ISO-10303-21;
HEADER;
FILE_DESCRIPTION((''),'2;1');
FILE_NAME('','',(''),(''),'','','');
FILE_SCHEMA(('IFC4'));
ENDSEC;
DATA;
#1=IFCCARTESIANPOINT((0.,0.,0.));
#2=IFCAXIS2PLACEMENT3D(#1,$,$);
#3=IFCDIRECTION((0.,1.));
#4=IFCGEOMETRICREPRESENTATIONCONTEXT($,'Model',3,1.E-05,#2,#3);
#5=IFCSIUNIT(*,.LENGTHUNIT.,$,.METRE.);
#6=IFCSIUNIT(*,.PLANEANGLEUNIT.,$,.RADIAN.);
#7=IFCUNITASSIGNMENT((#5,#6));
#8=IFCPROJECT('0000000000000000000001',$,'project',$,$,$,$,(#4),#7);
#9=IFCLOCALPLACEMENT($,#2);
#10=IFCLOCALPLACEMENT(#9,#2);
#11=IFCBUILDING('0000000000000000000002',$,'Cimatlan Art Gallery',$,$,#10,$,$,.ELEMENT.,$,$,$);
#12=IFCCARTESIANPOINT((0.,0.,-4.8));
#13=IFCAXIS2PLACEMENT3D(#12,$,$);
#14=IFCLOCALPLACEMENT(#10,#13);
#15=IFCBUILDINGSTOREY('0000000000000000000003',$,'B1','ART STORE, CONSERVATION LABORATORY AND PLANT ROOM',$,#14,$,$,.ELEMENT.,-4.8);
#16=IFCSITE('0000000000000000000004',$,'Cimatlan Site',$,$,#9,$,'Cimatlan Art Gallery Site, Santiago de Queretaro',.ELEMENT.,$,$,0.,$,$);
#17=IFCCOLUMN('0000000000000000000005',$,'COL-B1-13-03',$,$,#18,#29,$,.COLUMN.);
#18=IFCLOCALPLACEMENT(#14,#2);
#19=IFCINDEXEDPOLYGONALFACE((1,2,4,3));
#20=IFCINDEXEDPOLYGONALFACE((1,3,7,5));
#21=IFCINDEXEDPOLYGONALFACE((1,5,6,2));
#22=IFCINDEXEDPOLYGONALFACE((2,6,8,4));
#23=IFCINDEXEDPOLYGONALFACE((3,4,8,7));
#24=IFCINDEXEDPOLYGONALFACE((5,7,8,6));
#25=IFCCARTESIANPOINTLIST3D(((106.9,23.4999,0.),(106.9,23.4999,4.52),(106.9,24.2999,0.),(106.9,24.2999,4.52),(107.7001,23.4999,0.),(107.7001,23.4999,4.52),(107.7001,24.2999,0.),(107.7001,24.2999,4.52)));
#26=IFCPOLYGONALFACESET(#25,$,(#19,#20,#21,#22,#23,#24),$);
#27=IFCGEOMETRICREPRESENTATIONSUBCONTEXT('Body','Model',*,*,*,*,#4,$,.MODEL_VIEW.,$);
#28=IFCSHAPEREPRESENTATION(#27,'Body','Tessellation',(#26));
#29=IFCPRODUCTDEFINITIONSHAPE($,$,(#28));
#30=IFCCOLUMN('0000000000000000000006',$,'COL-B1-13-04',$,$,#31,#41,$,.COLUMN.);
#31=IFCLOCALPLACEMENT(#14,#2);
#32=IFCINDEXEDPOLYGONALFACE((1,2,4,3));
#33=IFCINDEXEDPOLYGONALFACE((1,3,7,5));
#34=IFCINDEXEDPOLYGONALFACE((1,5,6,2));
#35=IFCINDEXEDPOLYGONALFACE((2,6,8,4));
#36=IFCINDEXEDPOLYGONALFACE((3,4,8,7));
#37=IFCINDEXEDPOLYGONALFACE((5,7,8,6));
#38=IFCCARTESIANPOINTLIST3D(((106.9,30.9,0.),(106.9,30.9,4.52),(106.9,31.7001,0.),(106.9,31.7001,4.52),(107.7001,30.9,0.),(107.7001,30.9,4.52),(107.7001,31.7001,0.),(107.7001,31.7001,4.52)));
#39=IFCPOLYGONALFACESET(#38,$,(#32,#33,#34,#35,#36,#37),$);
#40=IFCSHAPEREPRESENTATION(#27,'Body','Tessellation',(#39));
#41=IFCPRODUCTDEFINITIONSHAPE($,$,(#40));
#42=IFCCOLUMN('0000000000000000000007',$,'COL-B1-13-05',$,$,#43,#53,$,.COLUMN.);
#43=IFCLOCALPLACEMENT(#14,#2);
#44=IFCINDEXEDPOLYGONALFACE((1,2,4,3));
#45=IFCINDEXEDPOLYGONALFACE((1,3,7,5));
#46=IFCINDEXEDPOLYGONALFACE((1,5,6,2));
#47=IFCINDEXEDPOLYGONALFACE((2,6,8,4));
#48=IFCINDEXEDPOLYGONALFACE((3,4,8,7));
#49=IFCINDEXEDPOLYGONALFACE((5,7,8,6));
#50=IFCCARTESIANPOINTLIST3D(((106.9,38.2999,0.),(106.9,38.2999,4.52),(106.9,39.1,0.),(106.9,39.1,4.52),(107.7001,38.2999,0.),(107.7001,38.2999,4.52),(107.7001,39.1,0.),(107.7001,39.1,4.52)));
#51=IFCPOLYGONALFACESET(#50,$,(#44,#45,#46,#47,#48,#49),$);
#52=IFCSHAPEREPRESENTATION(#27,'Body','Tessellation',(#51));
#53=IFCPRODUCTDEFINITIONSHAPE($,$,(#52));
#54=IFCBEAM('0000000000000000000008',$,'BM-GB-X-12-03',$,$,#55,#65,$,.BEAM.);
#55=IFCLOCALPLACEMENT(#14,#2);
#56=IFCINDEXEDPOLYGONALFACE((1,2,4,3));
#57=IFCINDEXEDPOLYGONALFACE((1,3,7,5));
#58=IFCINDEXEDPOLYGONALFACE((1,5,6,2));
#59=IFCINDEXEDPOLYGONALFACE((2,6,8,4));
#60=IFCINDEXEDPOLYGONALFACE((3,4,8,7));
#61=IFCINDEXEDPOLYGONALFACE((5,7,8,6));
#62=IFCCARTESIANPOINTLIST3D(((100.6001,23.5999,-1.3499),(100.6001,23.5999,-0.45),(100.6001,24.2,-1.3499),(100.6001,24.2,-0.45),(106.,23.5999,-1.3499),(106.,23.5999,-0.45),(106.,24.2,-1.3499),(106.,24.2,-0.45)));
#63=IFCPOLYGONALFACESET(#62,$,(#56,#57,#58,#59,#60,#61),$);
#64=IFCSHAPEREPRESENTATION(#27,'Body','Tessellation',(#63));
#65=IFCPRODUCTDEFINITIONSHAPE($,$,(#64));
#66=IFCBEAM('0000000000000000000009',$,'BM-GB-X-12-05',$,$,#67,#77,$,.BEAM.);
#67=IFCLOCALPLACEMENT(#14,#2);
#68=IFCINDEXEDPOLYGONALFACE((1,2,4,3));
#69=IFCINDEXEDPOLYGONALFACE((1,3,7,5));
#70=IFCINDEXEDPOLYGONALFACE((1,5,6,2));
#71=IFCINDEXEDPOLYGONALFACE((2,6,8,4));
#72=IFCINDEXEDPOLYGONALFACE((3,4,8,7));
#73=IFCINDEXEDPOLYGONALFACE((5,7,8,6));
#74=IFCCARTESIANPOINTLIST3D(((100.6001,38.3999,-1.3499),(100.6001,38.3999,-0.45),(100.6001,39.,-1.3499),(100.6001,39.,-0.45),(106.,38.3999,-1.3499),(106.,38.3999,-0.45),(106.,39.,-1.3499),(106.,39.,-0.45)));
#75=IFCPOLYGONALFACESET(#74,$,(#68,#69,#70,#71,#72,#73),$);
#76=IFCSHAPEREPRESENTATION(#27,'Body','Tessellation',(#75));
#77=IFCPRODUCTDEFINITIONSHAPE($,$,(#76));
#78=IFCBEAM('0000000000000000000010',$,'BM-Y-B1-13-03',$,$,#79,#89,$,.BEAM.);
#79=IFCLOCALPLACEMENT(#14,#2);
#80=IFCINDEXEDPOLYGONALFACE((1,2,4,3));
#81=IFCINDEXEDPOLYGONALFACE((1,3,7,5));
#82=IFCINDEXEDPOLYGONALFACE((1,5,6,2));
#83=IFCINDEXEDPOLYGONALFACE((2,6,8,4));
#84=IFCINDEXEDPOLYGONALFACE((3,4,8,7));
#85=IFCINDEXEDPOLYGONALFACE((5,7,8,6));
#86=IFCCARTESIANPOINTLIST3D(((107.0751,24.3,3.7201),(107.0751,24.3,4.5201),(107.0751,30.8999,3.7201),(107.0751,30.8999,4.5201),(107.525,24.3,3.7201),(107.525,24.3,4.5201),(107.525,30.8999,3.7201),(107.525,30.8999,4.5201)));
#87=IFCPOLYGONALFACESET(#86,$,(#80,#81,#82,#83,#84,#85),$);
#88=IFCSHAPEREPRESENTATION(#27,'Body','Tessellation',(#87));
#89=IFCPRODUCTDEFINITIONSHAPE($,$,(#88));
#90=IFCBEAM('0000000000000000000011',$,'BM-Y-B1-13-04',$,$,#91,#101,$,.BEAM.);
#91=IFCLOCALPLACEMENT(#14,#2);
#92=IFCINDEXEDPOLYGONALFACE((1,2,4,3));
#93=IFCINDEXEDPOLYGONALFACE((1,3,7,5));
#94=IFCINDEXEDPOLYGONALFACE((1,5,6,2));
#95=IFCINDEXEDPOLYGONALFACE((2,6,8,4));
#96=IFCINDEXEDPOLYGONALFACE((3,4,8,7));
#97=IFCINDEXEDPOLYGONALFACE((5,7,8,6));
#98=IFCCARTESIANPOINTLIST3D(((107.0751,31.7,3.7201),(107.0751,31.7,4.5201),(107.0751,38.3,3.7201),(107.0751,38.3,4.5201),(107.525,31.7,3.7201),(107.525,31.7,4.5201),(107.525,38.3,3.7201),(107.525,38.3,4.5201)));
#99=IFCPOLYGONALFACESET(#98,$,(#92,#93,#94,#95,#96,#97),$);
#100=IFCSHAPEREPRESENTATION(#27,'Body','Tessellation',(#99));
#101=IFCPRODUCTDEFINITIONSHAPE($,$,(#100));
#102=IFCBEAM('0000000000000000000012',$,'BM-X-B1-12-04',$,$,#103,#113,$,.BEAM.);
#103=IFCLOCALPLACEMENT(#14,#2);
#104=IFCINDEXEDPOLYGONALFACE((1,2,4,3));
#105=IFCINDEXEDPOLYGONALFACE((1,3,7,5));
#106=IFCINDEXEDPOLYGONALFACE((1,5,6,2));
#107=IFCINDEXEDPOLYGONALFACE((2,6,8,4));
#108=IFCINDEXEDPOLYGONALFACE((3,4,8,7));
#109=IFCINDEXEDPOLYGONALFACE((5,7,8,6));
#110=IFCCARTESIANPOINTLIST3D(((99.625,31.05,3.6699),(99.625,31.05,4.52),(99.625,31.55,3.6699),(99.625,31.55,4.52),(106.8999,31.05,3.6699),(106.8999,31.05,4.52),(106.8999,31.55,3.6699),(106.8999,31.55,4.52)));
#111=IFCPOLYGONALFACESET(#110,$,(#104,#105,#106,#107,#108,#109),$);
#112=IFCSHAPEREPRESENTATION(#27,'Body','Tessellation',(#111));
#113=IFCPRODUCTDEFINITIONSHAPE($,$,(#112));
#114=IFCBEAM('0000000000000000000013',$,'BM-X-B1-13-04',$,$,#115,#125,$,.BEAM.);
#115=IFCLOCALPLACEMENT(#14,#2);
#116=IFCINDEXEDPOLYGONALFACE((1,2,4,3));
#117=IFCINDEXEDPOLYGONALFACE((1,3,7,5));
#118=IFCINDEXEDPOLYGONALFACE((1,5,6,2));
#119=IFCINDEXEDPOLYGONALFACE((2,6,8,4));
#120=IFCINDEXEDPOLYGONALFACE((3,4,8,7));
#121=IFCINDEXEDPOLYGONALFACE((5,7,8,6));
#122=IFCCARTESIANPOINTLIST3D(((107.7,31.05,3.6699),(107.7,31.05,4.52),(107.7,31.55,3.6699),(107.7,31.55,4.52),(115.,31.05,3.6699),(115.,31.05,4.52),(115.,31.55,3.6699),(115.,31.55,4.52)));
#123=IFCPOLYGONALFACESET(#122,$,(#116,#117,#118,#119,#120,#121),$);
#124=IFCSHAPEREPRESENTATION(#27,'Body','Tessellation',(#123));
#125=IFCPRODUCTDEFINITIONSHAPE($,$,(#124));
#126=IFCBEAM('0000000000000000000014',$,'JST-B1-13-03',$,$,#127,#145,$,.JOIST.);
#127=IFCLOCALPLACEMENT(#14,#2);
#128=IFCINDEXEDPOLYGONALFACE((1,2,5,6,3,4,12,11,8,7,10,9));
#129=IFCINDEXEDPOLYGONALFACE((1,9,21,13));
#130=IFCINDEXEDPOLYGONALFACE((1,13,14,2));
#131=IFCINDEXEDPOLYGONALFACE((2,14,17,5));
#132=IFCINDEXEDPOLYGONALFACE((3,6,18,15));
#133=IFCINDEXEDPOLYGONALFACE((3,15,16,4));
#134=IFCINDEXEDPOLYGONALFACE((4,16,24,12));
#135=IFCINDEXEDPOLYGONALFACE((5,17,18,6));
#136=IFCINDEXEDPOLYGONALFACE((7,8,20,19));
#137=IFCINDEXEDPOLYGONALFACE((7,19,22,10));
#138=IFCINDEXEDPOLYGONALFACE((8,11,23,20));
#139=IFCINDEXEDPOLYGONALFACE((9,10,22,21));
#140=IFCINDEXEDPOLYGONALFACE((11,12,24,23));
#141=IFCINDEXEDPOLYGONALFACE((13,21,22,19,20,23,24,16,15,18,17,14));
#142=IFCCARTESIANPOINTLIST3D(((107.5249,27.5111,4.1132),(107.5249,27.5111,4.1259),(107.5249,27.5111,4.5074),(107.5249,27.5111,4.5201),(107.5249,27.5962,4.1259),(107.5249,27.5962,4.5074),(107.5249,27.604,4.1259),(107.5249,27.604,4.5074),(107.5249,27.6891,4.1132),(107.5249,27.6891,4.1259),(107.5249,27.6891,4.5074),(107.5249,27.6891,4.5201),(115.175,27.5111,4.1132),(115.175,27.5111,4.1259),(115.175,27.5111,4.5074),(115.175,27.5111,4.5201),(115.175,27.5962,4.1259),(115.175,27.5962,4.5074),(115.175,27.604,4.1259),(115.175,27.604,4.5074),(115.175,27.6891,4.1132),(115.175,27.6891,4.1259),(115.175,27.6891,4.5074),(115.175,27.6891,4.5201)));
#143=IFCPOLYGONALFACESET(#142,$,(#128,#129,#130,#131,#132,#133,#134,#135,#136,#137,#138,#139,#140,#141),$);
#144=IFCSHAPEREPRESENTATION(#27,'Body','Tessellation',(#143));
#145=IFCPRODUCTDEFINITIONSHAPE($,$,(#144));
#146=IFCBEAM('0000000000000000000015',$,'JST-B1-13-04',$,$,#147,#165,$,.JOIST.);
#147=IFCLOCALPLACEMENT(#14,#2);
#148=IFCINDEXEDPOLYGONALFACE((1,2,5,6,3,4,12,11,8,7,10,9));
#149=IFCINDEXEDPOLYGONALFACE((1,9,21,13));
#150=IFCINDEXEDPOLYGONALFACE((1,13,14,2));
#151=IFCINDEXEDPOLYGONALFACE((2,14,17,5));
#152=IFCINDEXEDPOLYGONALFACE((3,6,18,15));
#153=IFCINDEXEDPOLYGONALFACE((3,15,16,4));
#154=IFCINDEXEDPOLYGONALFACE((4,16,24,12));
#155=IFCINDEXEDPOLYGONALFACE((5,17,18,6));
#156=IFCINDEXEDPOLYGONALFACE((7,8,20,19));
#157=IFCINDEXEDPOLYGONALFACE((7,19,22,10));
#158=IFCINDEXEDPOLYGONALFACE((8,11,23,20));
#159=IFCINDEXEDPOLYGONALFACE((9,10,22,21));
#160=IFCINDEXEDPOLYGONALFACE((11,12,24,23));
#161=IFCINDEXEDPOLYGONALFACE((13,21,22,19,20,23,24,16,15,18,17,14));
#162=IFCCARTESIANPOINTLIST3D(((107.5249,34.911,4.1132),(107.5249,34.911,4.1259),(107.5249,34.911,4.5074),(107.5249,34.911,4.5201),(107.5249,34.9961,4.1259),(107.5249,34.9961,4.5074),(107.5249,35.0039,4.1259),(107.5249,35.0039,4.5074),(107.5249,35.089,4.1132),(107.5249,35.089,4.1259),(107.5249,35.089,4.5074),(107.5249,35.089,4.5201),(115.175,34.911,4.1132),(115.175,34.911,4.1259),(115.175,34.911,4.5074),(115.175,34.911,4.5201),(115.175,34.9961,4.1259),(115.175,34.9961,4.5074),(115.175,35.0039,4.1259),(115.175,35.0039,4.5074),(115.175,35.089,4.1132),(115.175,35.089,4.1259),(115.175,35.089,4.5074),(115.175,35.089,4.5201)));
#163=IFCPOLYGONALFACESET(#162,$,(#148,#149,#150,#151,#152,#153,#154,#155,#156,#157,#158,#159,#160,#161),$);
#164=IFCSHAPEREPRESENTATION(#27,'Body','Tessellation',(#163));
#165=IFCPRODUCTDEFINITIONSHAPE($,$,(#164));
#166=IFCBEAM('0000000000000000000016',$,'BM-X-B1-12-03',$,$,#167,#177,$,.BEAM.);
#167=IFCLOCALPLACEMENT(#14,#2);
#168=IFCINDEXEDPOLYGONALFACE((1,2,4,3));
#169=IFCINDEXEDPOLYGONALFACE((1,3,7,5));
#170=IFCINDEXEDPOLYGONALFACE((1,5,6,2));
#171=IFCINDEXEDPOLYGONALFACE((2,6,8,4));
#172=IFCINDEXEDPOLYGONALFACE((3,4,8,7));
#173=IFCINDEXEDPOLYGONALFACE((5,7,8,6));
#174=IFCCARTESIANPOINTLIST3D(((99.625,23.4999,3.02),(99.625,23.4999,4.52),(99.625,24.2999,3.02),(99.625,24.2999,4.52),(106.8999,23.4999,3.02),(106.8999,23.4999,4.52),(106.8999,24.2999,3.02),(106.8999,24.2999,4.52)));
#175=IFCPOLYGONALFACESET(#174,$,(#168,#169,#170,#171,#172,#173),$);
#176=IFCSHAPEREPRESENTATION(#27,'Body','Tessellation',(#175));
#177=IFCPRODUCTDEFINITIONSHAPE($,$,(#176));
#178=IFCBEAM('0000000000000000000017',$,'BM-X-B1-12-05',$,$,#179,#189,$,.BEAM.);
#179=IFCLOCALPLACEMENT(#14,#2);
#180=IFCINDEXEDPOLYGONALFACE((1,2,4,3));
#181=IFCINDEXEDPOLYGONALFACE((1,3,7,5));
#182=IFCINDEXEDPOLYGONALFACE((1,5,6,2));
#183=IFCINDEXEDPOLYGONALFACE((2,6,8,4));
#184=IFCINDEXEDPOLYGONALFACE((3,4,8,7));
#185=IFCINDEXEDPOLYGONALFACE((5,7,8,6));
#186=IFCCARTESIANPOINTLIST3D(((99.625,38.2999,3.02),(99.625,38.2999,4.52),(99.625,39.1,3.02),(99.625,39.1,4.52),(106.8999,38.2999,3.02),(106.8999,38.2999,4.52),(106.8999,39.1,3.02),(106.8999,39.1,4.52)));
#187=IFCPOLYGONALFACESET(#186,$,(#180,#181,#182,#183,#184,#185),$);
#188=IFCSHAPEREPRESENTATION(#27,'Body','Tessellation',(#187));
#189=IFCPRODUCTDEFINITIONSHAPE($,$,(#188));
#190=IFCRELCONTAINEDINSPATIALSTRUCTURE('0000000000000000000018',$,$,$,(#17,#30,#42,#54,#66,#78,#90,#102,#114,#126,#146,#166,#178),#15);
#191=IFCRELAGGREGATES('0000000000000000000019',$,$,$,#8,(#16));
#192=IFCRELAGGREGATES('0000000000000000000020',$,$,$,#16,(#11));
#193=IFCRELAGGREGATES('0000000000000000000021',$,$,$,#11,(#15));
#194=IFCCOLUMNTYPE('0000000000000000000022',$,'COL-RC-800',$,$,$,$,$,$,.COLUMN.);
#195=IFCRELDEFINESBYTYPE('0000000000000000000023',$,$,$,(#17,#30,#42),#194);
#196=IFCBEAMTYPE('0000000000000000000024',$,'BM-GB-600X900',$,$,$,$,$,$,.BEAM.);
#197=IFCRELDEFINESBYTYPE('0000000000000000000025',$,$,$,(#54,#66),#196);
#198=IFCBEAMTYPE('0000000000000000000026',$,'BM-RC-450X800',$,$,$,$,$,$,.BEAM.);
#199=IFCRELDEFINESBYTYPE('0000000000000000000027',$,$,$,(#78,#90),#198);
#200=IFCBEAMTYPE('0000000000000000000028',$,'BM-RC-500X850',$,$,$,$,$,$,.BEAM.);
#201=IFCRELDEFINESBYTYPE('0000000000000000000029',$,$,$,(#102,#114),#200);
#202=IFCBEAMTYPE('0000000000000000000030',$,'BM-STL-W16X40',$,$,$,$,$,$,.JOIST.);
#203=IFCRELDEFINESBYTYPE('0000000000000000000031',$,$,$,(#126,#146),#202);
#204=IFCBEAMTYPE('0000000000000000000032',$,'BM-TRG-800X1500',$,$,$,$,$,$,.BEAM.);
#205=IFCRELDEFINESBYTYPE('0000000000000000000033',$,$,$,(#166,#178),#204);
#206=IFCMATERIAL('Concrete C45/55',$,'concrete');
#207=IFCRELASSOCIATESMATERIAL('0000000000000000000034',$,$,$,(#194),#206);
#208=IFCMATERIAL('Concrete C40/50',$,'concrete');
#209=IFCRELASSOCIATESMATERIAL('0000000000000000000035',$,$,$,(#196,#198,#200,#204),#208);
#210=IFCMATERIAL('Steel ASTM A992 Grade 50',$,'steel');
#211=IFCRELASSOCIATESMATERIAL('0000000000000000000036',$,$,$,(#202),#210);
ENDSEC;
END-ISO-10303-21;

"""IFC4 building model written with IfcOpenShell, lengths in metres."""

from ifc_helpers import new_model, si_unit, direction, frame, origin, origin_2d, place, context, subcontext, project, spatial, rectangle, i_section, extrude, material, material_profile, profile_set, type_object, element, save


model = new_model("IFC4")

# Units and contexts
model_context = context("Model", 3, precision=1e-05, world=origin(), true_north=direction((0.0, 1.0)))
body_context = subcontext(model_context, "Body", "Model", "MODEL_VIEW")
ifc_project = project(units=[si_unit("LENGTHUNIT", "METRE"), si_unit("PLANEANGLEUNIT", "RADIAN")], contexts=[model_context])

# Site, building, storey
site_placement = place(None, origin())
site = spatial("IfcSite", under=ifc_project, at=site_placement, Name="Cimatlan Site", LongName="Cimatlan Art Gallery Site, Santiago de Queretaro", CompositionType="ELEMENT", RefElevation=0.0)
building_placement = place(site_placement, origin())
building = spatial("IfcBuilding", under=site, at=building_placement, Name="Cimatlan Art Gallery", CompositionType="ELEMENT")
storey_placement = place(building_placement, frame((0.0, 0.0, -4.8)))
storey = spatial("IfcBuildingStorey", under=building, at=storey_placement, Name="B1", Description="ART STORE, CONSERVATION LABORATORY AND PLANT ROOM", CompositionType="ELEMENT", Elevation=-4.8)

# Shared definitions
ifc_material_1 = material(Name="Concrete C40/50", Category="concrete")

# Columns
ifc_material_2 = material(Name="Concrete C45/55", Category="concrete")
ifc_material_profile_1 = material_profile(ifc_material_2, rectangle(XDim=0.8, YDim=0.8, at=origin_2d()), Name="RC800X800")
ifc_profile_set_1 = profile_set([ifc_material_profile_1], Name="Concrete C45/55")
column_type = type_object("IfcColumnType", Name="COL-RC-800", PredefinedType="COLUMN", material=ifc_profile_set_1)
for number, where, z_axis, x_axis, name in (
    (1, (107.3, 23.8999, 0.0), (0.0, 0.0, 1.0), (1.0, 0.0, 0.0), "COL-B1-13-03"),
    (2, (107.3, 31.3, 0.0), (0.0, 0.0, 1.0), (1.0, 0.0, 0.0), "COL-B1-13-04"),
    (3, (107.3, 38.7, 0.0), (0.0, 0.0, 1.0), (1.0, 0.0, 0.0), "COL-B1-13-05"),
):
    element("IfcColumn", number, at=place(storey_placement, frame(where, z_axis=z_axis, x_axis=x_axis)), inside=storey, type_object=column_type, Name=name, PredefinedType="COLUMN", context=body_context, shape_type="SweptSolid", body=[
        extrude(rectangle(XDim=0.8, YDim=0.8, at=origin_2d()), origin(), (0.0, 0.0, 1.0), 4.52),
    ])

# Beams
ifc_material_profile_2 = material_profile(ifc_material_1, rectangle(XDim=0.6001, YDim=0.8999, at=origin_2d()), Name="RC600X900")
ifc_profile_set_2 = profile_set([ifc_material_profile_2], Name="Concrete C40/50")
beam_type_1 = type_object("IfcBeamType", Name="BM-GB-600X900", PredefinedType="BEAM", material=ifc_profile_set_2)
for number, where, z_axis, x_axis, name in (
    (4, (100.6001, 23.8999, -0.8999), (1.0, 0.0, 0.0), (0.0, 1.0, 0.0), "BM-GB-X-12-03"),
    (5, (100.6001, 38.7, -0.8999), (1.0, 0.0, 0.0), (0.0, 1.0, 0.0), "BM-GB-X-12-05"),
):
    element("IfcBeam", number, at=place(storey_placement, frame(where, z_axis=z_axis, x_axis=x_axis)), inside=storey, type_object=beam_type_1, Name=name, PredefinedType="BEAM", context=body_context, shape_type="SweptSolid", body=[
        extrude(rectangle(XDim=0.6001, YDim=0.8999, at=origin_2d()), origin(), (0.0, 0.0, 1.0), 5.3999),
    ])
ifc_material_profile_3 = material_profile(ifc_material_1, rectangle(XDim=0.45, YDim=0.8, at=origin_2d()), Name="RC450X800")
ifc_profile_set_3 = profile_set([ifc_material_profile_3], Name="Concrete C40/50")
beam_type_2 = type_object("IfcBeamType", Name="BM-RC-450X800", PredefinedType="BEAM", material=ifc_profile_set_3)
beam_1_placement = place(storey_placement, frame((107.3, 24.3, 4.1201), z_axis=(0.0, 1.0, 0.0), x_axis=(-1.0, 0.0, 0.0)))
element("IfcBeam", 6, at=beam_1_placement, inside=storey, type_object=beam_type_2, Name="BM-Y-B1-13-03", PredefinedType="BEAM", context=body_context, shape_type="SweptSolid", body=[
    extrude(rectangle(XDim=0.45, YDim=0.8, at=origin_2d()), origin(), (0.0, 0.0, 1.0), 6.5999),
])
beam_2_placement = place(storey_placement, frame((107.3, 31.7, 4.1201), z_axis=(0.0, 1.0, 0.0), x_axis=(-1.0, 0.0, 0.0)))
element("IfcBeam", 7, at=beam_2_placement, inside=storey, type_object=beam_type_2, Name="BM-Y-B1-13-04", PredefinedType="BEAM", context=body_context, shape_type="SweptSolid", body=[
    extrude(rectangle(XDim=0.45, YDim=0.8, at=origin_2d()), origin(), (0.0, 0.0, 1.0), 6.6001),
])
ifc_material_profile_4 = material_profile(ifc_material_1, rectangle(XDim=0.5, YDim=0.8501, at=origin_2d()), Name="RC500X850")
ifc_profile_set_4 = profile_set([ifc_material_profile_4], Name="Concrete C40/50")
beam_type_3 = type_object("IfcBeamType", Name="BM-RC-500X850", PredefinedType="BEAM", material=ifc_profile_set_4)
beam_3_placement = place(storey_placement, frame((99.625, 31.3, 4.095), z_axis=(1.0, 0.0, 0.0), x_axis=(0.0, 1.0, 0.0)))
element("IfcBeam", 8, at=beam_3_placement, inside=storey, type_object=beam_type_3, Name="BM-X-B1-12-04", PredefinedType="BEAM", context=body_context, shape_type="SweptSolid", body=[
    extrude(rectangle(XDim=0.5, YDim=0.8501, at=origin_2d()), origin(), (0.0, 0.0, 1.0), 7.2749),
])
beam_4_placement = place(storey_placement, frame((107.7, 31.3, 4.095), z_axis=(1.0, 0.0, 0.0), x_axis=(0.0, 1.0, 0.0)))
element("IfcBeam", 9, at=beam_4_placement, inside=storey, type_object=beam_type_3, Name="BM-X-B1-13-04", PredefinedType="BEAM", context=body_context, shape_type="SweptSolid", body=[
    extrude(rectangle(XDim=0.5, YDim=0.8501, at=origin_2d()), origin(), (0.0, 0.0, 1.0), 7.3),
])
ifc_material_3 = material(Name="Steel ASTM A992 Grade 50", Category="steel")
ifc_material_profile_5 = material_profile(ifc_material_3, i_section(OverallWidth=0.178, OverallDepth=0.407, WebThickness=0.0078, FlangeThickness=0.0127, at=origin_2d()), Name="W16X40")
ifc_profile_set_5 = profile_set([ifc_material_profile_5], Name="Steel ASTM A992 Grade 50")
beam_type_4 = type_object("IfcBeamType", Name="BM-STL-W16X40", PredefinedType="JOIST", material=ifc_profile_set_5)
for number, where, z_axis, x_axis, name in (
    (10, (107.5249, 27.6001, 4.3167), (1.0, 0.0, 0.0), (0.0, 1.0, 0.0), "JST-B1-13-03"),
    (11, (107.5249, 35.0, 4.3167), (1.0, 0.0, 0.0), (0.0, 1.0, 0.0), "JST-B1-13-04"),
):
    element("IfcBeam", number, at=place(storey_placement, frame(where, z_axis=z_axis, x_axis=x_axis)), inside=storey, type_object=beam_type_4, Name=name, PredefinedType="JOIST", context=body_context, shape_type="SweptSolid", body=[
        extrude(i_section(OverallWidth=0.178, OverallDepth=0.407, WebThickness=0.0078, FlangeThickness=0.0127, at=origin_2d()), origin(), (0.0, 0.0, 1.0), 7.6501),
    ])
ifc_material_profile_6 = material_profile(ifc_material_1, rectangle(XDim=0.8, YDim=1.5, at=origin_2d()), Name="RC800X1500")
ifc_profile_set_6 = profile_set([ifc_material_profile_6], Name="Concrete C40/50")
beam_type_5 = type_object("IfcBeamType", Name="BM-TRG-800X1500", PredefinedType="BEAM", material=ifc_profile_set_6)
for number, where, z_axis, x_axis, name in (
    (12, (99.625, 23.8999, 3.77), (1.0, 0.0, 0.0), (0.0, 1.0, 0.0), "BM-X-B1-12-03"),
    (13, (99.625, 38.7, 3.77), (1.0, 0.0, 0.0), (0.0, 1.0, 0.0), "BM-X-B1-12-05"),
):
    element("IfcBeam", number, at=place(storey_placement, frame(where, z_axis=z_axis, x_axis=x_axis)), inside=storey, type_object=beam_type_5, Name=name, PredefinedType="BEAM", context=body_context, shape_type="SweptSolid", body=[
        extrude(rectangle(XDim=0.8, YDim=1.5, at=origin_2d()), origin(), (0.0, 0.0, 1.0), 7.2749),
    ])

save(model, "model.ifc")
